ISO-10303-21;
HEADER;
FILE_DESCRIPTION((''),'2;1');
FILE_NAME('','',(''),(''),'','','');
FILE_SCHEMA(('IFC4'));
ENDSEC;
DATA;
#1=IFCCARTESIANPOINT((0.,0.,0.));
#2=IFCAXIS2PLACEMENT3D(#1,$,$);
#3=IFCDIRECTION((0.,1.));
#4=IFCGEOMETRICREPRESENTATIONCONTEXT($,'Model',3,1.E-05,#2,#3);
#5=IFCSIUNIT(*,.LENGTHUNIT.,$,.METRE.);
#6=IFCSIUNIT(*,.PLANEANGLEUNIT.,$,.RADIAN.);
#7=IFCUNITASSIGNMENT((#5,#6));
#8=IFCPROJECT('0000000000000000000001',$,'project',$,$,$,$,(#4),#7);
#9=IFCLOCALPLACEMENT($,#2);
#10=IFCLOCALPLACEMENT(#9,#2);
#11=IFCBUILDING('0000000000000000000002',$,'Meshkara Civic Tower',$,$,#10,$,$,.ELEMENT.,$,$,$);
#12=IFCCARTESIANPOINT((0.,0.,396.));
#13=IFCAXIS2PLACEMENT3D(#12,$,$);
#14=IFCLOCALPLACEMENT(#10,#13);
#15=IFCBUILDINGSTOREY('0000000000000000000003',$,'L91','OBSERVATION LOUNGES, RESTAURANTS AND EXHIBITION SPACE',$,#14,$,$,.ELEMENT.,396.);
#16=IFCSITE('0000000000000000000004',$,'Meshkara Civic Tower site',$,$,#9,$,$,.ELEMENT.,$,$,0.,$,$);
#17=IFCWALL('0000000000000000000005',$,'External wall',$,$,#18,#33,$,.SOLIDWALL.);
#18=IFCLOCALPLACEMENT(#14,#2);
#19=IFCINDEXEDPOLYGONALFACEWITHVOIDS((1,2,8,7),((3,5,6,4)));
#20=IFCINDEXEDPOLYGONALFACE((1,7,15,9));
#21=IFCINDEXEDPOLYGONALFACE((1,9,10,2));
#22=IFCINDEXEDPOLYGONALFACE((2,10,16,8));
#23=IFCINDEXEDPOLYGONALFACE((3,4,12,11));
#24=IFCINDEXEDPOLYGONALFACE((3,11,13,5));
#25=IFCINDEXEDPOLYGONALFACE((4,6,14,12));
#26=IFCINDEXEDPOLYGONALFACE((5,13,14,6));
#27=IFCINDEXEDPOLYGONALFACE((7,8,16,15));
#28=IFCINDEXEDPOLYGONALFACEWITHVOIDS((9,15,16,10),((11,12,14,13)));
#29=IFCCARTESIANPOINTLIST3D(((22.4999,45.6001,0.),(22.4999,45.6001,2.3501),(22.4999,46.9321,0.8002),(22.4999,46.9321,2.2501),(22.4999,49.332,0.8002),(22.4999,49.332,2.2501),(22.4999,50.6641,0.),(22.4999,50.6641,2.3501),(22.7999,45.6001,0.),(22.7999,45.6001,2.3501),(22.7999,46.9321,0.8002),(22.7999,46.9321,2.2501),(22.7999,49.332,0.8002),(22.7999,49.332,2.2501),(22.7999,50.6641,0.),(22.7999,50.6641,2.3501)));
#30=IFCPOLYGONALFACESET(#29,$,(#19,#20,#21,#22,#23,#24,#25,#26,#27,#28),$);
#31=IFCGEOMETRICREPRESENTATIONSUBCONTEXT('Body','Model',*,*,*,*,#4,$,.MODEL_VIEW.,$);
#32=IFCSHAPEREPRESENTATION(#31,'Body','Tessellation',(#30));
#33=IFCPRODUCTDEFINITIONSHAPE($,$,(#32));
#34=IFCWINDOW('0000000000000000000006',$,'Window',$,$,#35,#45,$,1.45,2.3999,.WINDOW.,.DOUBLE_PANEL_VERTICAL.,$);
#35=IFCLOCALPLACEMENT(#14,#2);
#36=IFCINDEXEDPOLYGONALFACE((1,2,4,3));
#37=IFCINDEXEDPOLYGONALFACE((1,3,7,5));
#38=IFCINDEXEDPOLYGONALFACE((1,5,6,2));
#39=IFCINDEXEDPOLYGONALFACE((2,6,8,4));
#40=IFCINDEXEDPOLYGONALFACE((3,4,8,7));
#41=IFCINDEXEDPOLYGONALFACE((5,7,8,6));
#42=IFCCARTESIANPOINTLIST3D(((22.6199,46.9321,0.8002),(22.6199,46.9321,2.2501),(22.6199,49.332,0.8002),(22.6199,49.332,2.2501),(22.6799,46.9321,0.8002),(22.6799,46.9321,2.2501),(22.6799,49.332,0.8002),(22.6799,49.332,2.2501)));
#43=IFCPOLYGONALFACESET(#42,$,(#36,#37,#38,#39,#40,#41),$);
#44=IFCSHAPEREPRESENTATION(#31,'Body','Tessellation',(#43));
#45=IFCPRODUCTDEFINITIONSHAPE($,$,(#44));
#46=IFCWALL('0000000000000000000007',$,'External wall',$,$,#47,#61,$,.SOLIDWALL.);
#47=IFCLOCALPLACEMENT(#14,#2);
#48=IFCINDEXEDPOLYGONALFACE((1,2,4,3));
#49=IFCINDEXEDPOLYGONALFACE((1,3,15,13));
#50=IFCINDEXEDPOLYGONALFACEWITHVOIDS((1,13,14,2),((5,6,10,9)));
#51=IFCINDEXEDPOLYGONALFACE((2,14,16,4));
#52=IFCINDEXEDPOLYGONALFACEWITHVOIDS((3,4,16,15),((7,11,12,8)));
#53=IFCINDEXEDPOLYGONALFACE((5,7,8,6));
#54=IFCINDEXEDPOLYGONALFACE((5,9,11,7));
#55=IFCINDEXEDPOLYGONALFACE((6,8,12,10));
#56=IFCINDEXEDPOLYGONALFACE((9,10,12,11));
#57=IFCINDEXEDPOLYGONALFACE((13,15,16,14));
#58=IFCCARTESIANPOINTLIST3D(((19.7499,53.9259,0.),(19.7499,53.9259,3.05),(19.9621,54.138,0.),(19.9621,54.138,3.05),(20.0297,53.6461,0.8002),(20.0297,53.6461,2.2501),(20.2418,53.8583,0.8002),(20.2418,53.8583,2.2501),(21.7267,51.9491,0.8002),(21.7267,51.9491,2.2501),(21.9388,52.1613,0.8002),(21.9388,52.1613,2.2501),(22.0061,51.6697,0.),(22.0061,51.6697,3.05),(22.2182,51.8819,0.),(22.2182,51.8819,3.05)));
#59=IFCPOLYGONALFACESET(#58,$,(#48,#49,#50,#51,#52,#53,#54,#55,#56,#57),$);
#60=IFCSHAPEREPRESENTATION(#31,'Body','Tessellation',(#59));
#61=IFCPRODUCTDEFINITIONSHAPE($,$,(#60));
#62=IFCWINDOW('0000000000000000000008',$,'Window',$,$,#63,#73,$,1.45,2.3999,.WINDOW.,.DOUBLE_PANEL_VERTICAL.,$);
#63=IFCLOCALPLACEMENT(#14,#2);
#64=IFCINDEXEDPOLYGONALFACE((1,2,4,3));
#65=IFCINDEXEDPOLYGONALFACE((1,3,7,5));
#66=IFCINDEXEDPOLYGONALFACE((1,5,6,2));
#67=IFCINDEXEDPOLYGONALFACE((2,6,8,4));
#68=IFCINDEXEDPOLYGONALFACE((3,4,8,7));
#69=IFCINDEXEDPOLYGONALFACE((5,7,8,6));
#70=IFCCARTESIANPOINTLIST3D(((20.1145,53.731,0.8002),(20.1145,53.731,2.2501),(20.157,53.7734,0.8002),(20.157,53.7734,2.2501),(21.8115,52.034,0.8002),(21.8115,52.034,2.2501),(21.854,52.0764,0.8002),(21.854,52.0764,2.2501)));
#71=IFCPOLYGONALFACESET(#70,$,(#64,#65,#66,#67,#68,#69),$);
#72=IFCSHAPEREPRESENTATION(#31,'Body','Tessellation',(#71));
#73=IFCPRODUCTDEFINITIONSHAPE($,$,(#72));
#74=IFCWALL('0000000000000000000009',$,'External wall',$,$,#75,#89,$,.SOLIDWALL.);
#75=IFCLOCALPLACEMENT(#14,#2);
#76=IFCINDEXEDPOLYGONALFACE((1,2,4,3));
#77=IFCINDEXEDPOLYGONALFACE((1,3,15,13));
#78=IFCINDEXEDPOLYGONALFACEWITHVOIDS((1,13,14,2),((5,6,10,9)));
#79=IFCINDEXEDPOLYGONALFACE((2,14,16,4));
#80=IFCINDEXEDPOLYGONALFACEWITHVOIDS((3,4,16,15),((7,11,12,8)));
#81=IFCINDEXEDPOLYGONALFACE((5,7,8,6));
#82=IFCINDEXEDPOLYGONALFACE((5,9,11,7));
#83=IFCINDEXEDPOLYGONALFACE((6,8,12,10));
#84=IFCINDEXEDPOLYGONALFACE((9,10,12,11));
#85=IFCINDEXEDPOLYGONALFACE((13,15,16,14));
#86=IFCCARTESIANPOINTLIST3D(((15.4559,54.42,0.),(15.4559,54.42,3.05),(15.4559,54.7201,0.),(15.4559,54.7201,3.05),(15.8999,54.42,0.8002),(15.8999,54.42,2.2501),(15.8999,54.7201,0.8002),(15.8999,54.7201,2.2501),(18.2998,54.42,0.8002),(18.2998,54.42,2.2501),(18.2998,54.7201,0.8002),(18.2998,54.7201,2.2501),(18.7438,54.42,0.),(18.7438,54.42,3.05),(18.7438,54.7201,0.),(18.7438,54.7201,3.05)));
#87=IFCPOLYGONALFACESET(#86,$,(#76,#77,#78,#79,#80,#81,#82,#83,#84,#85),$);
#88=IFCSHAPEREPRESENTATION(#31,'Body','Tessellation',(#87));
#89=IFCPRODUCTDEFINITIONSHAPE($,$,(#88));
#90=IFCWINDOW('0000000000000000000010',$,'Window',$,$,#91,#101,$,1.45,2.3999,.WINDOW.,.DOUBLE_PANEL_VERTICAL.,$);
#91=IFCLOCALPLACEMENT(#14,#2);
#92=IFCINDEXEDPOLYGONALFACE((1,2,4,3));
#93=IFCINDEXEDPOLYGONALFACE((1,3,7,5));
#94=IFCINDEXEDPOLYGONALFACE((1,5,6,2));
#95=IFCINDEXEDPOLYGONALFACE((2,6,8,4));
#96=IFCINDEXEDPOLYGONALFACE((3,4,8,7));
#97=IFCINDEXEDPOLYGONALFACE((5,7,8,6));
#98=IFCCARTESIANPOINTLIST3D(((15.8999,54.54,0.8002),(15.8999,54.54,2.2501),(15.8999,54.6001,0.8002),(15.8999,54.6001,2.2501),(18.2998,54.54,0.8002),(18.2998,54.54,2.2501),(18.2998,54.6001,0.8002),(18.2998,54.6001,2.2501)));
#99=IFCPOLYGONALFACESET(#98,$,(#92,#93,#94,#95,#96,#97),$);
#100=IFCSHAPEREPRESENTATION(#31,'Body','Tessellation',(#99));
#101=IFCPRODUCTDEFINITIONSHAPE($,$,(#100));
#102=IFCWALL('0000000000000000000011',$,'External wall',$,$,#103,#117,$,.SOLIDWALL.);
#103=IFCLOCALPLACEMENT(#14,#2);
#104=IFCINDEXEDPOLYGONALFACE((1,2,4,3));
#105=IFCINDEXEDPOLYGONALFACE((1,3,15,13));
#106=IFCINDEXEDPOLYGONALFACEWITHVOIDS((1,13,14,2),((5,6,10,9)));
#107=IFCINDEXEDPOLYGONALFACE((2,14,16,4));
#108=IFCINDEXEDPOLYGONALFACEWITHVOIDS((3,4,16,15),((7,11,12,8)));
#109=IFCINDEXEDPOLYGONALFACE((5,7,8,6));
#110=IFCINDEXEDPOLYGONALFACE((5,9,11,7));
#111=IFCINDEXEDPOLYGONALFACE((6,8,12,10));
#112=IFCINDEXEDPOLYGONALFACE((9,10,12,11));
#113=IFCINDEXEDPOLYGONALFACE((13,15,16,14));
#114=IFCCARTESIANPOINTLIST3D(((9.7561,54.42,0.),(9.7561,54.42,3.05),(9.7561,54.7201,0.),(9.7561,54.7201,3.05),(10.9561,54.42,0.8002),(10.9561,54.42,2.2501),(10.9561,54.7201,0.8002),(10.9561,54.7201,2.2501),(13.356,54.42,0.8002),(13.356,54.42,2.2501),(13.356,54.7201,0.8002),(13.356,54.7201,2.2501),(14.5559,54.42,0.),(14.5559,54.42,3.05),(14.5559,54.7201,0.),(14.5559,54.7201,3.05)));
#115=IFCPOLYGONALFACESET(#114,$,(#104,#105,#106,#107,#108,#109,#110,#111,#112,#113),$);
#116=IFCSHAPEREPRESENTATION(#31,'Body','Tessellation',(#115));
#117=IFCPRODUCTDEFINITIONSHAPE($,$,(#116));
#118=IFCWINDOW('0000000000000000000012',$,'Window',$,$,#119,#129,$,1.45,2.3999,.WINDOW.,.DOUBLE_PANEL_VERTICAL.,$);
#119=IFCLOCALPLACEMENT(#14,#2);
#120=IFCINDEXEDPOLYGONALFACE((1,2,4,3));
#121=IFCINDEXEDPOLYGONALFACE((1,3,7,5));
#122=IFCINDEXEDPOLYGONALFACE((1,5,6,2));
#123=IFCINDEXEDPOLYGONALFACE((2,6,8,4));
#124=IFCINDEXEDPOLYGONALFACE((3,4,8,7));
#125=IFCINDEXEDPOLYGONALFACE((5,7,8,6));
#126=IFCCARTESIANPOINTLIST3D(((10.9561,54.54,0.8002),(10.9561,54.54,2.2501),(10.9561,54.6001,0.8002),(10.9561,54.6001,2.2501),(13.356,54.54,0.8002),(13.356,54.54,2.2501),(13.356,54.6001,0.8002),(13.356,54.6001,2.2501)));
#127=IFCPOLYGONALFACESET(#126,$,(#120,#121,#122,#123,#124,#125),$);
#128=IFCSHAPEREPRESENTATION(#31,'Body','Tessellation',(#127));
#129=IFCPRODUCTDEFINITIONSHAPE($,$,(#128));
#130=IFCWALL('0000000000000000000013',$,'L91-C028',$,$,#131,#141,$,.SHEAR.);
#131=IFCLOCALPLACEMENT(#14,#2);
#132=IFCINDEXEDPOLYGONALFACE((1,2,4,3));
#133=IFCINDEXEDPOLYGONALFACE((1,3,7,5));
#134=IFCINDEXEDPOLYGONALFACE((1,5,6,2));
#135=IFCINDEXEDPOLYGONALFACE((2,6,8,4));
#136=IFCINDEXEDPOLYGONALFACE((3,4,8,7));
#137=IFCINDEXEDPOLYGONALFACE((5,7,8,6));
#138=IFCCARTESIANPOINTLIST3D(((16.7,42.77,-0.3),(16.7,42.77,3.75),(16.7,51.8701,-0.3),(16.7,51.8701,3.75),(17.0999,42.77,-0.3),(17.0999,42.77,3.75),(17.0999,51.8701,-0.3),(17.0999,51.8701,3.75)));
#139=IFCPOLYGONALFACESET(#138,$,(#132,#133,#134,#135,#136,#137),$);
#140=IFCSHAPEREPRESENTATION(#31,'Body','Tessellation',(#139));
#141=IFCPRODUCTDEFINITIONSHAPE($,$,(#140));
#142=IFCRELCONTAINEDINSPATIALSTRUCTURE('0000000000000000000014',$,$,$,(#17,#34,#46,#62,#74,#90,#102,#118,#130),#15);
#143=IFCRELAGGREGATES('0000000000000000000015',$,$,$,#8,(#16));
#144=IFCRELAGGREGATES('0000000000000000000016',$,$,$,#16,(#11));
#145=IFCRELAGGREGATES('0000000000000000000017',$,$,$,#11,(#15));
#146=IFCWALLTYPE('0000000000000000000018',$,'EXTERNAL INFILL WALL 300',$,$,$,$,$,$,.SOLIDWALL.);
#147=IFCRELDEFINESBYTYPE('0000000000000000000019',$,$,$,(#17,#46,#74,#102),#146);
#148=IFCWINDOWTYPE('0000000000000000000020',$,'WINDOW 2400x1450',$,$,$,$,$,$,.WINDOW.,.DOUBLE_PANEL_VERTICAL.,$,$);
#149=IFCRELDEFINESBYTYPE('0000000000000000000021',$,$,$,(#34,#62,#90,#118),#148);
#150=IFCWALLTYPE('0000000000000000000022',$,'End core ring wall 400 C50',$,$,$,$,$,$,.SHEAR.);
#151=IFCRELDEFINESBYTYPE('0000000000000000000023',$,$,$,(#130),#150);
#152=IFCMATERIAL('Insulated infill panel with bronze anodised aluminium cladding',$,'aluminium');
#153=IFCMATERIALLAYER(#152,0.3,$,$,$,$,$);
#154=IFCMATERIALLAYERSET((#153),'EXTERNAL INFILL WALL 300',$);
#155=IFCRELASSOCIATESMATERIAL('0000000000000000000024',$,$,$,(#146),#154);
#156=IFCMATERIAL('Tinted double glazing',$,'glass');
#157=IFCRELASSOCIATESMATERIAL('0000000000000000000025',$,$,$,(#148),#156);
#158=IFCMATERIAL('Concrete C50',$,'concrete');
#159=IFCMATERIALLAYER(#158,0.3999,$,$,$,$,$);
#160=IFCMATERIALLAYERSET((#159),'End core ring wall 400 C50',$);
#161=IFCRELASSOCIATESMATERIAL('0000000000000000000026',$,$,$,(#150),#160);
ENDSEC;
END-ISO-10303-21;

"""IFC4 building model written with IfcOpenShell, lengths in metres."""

from ifc_helpers import new_model, si_unit, direction, frame, frame_2d, origin, place, context, subcontext, project, spatial, rectangle, extrude, material, layer, layer_set, type_object, element, fill, save


model = new_model("IFC4")

# Units and contexts
model_context = context("Model", 3, precision=1e-05, world=origin(), true_north=direction((0.0, 1.0)))
body_context = subcontext(model_context, "Body", "Model", "MODEL_VIEW")
ifc_project = project(units=[si_unit("LENGTHUNIT", "METRE"), si_unit("PLANEANGLEUNIT", "RADIAN")], contexts=[model_context])

# Site, building, storey
site_placement = place(None, origin())
site = spatial("IfcSite", under=ifc_project, at=site_placement, Name="Meshkara Civic Tower site", CompositionType="ELEMENT", RefElevation=0.0)
building_placement = place(site_placement, origin())
building = spatial("IfcBuilding", under=site, at=building_placement, Name="Meshkara Civic Tower", CompositionType="ELEMENT")
storey_placement = place(building_placement, frame((0.0, 0.0, 396.0)))
storey = spatial("IfcBuildingStorey", under=building, at=storey_placement, Name="L91", Description="OBSERVATION LOUNGES, RESTAURANTS AND EXHIBITION SPACE", CompositionType="ELEMENT", Elevation=396.0)

# Walls, openings, windows
ifc_material_1 = material(Name="Insulated infill panel with bronze anodised aluminium cladding", Category="aluminium")
ifc_layer_1 = layer(ifc_material_1, 0.3)
ifc_layer_set_1 = layer_set([ifc_layer_1], Name="EXTERNAL INFILL WALL 300")
wall_type_1 = type_object("IfcWallType", Name="EXTERNAL INFILL WALL 300", PredefinedType="SOLIDWALL", material=ifc_layer_set_1)
ifc_material_2 = material(Name="Tinted double glazing", Category="glass")
window_type = type_object("IfcWindowType", Name="WINDOW 2400x1450", PartitioningType="DOUBLE_PANEL_VERTICAL", PredefinedType="WINDOW", material=ifc_material_2)
wall_1_placement = place(storey_placement, frame((22.6499, 45.6001, 0.0), z_axis=(0.0, 0.0, 1.0), x_axis=(0.0, 1.0, 0.0)))
wall_1 = element("IfcWall", 1, at=wall_1_placement, inside=storey, type_object=wall_type_1, Name="External wall", PredefinedType="SOLIDWALL", context=body_context, shape_type="SweptSolid", body=[
    extrude(rectangle(XDim=5.064, YDim=0.3, at=frame_2d((2.532, 0.0))), origin(), (0.0, 0.0, 1.0), 2.3501),
])
opening_1_placement = place(wall_1_placement, frame((1.332, 0.0, 0.8)))
opening_1 = element("IfcOpeningElement", 2, at=opening_1_placement, cuts=wall_1, PredefinedType="OPENING", context=body_context, shape_type="SweptSolid", body=[
    extrude(rectangle(XDim=2.3999, YDim=1.45, at=frame_2d((1.2, 0.7251))), frame((0.0, 0.1599, 0.0), z_axis=(0.0, -1.0, 0.0), x_axis=(1.0, 0.0, 0.0)), (0.0, 0.0, 1.0), 0.3201),
])
window_1_placement = place(opening_1_placement, origin())
window_1 = element("IfcWindow", 3, at=window_1_placement, inside=storey, type_object=window_type, Name="Window", OverallHeight=1.45, OverallWidth=2.3999, PartitioningType="DOUBLE_PANEL_VERTICAL", PredefinedType="WINDOW", context=body_context, shape_type="SweptSolid", body=[
    extrude(rectangle(XDim=2.3999, YDim=1.45, at=frame_2d((1.2, 0.7251))), frame((0.0, 0.03, 0.0), z_axis=(0.0, -1.0, 0.0), x_axis=(1.0, 0.0, 0.0)), (0.0, 0.0, 1.0), 0.0601),
])
fill(opening_1, window_1)
wall_2_placement = place(storey_placement, frame((22.1121, 51.7759, 0.0), z_axis=(0.0, 0.0, 1.0), x_axis=(-0.707107, 0.707107, 0.0)))
wall_2 = element("IfcWall", 4, at=wall_2_placement, inside=storey, type_object=wall_type_1, Name="External wall", PredefinedType="SOLIDWALL", context=body_context, shape_type="SweptSolid", body=[
    extrude(rectangle(XDim=3.1907, YDim=0.3, at=frame_2d((1.5952, 0.0))), origin(), (0.0, 0.0, 1.0), 3.05),
])
opening_2_placement = place(wall_2_placement, frame((0.395, 0.0, 0.8)))
opening_2 = element("IfcOpeningElement", 5, at=opening_2_placement, cuts=wall_2, PredefinedType="OPENING", context=body_context, shape_type="SweptSolid", body=[
    extrude(rectangle(XDim=2.3999, YDim=1.45, at=frame_2d((1.2, 0.7251))), frame((0.0, 0.1599, 0.0), z_axis=(0.0, -1.0, 0.0), x_axis=(1.0, 0.0, 0.0)), (0.0, 0.0, 1.0), 0.3201),
])
window_2_placement = place(opening_2_placement, origin())
window_2 = element("IfcWindow", 6, at=window_2_placement, inside=storey, type_object=window_type, Name="Window", OverallHeight=1.45, OverallWidth=2.3999, PartitioningType="DOUBLE_PANEL_VERTICAL", PredefinedType="WINDOW", context=body_context, shape_type="SweptSolid", body=[
    extrude(rectangle(XDim=2.3999, YDim=1.45, at=frame_2d((1.2, 0.7251))), frame((0.0, 0.03, 0.0), z_axis=(0.0, -1.0, 0.0), x_axis=(1.0, 0.0, 0.0)), (0.0, 0.0, 1.0), 0.0601),
])
fill(opening_2, window_2)
wall_3_placement = place(storey_placement, frame((18.7439, 54.5701, 0.0), z_axis=(0.0, 0.0, 1.0), x_axis=(-1.0, 0.0, 0.0)))
wall_3 = element("IfcWall", 7, at=wall_3_placement, inside=storey, type_object=wall_type_1, Name="External wall", PredefinedType="SOLIDWALL", context=body_context, shape_type="SweptSolid", body=[
    extrude(rectangle(XDim=3.2878, YDim=0.3, at=frame_2d((1.644, 0.0))), origin(), (0.0, 0.0, 1.0), 3.05),
])
opening_3_placement = place(wall_3_placement, frame((0.4441, 0.0, 0.8)))
opening_3 = element("IfcOpeningElement", 8, at=opening_3_placement, cuts=wall_3, PredefinedType="OPENING", context=body_context, shape_type="SweptSolid", body=[
    extrude(rectangle(XDim=2.3999, YDim=1.45, at=frame_2d((1.2, 0.7251))), frame((0.0, 0.1599, 0.0), z_axis=(0.0, -1.0, 0.0), x_axis=(1.0, 0.0, 0.0)), (0.0, 0.0, 1.0), 0.3201),
])
window_3_placement = place(opening_3_placement, origin())
window_3 = element("IfcWindow", 9, at=window_3_placement, inside=storey, type_object=window_type, Name="Window", OverallHeight=1.45, OverallWidth=2.3999, PartitioningType="DOUBLE_PANEL_VERTICAL", PredefinedType="WINDOW", context=body_context, shape_type="SweptSolid", body=[
    extrude(rectangle(XDim=2.3999, YDim=1.45, at=frame_2d((1.2, 0.7251))), frame((0.0, 0.03, 0.0), z_axis=(0.0, -1.0, 0.0), x_axis=(1.0, 0.0, 0.0)), (0.0, 0.0, 1.0), 0.0601),
])
fill(opening_3, window_3)
wall_4_placement = place(storey_placement, frame((14.5559, 54.5701, 0.0), z_axis=(0.0, 0.0, 1.0), x_axis=(-1.0, 0.0, 0.0)))
wall_4 = element("IfcWall", 10, at=wall_4_placement, inside=storey, type_object=wall_type_1, Name="External wall", PredefinedType="SOLIDWALL", context=body_context, shape_type="SweptSolid", body=[
    extrude(rectangle(XDim=4.7998, YDim=0.3, at=frame_2d((2.3999, 0.0))), origin(), (0.0, 0.0, 1.0), 3.05),
])
opening_4_placement = place(wall_4_placement, frame((1.2, 0.0, 0.8)))
opening_4 = element("IfcOpeningElement", 11, at=opening_4_placement, cuts=wall_4, PredefinedType="OPENING", context=body_context, shape_type="SweptSolid", body=[
    extrude(rectangle(XDim=2.3999, YDim=1.45, at=frame_2d((1.2, 0.7251))), frame((0.0, 0.1599, 0.0), z_axis=(0.0, -1.0, 0.0), x_axis=(1.0, 0.0, 0.0)), (0.0, 0.0, 1.0), 0.3201),
])
window_4_placement = place(opening_4_placement, origin())
window_4 = element("IfcWindow", 12, at=window_4_placement, inside=storey, type_object=window_type, Name="Window", OverallHeight=1.45, OverallWidth=2.3999, PartitioningType="DOUBLE_PANEL_VERTICAL", PredefinedType="WINDOW", context=body_context, shape_type="SweptSolid", body=[
    extrude(rectangle(XDim=2.3999, YDim=1.45, at=frame_2d((1.2, 0.7251))), frame((0.0, 0.03, 0.0), z_axis=(0.0, -1.0, 0.0), x_axis=(1.0, 0.0, 0.0)), (0.0, 0.0, 1.0), 0.0601),
])
fill(opening_4, window_4)

# Wall
ifc_material_3 = material(Name="Concrete C50", Category="concrete")
ifc_layer_2 = layer(ifc_material_3, 0.3999)
ifc_layer_set_2 = layer_set([ifc_layer_2], Name="End core ring wall 400 C50")
wall_type_2 = type_object("IfcWallType", Name="End core ring wall 400 C50", PredefinedType="SHEAR", material=ifc_layer_set_2)
wall_5_placement = place(storey_placement, frame((16.8999, 42.77, -0.3), z_axis=(0.0, 0.0, 1.0), x_axis=(0.0, 1.0, 0.0)))
element("IfcWall", 13, at=wall_5_placement, inside=storey, type_object=wall_type_2, Name="L91-C028", PredefinedType="SHEAR", context=body_context, shape_type="SweptSolid", body=[
    extrude(rectangle(XDim=9.1001, YDim=0.3999, at=frame_2d((4.55, 0.0))), origin(), (0.0, 0.0, 1.0), 4.05),
])

save(model, "model.ifc")
